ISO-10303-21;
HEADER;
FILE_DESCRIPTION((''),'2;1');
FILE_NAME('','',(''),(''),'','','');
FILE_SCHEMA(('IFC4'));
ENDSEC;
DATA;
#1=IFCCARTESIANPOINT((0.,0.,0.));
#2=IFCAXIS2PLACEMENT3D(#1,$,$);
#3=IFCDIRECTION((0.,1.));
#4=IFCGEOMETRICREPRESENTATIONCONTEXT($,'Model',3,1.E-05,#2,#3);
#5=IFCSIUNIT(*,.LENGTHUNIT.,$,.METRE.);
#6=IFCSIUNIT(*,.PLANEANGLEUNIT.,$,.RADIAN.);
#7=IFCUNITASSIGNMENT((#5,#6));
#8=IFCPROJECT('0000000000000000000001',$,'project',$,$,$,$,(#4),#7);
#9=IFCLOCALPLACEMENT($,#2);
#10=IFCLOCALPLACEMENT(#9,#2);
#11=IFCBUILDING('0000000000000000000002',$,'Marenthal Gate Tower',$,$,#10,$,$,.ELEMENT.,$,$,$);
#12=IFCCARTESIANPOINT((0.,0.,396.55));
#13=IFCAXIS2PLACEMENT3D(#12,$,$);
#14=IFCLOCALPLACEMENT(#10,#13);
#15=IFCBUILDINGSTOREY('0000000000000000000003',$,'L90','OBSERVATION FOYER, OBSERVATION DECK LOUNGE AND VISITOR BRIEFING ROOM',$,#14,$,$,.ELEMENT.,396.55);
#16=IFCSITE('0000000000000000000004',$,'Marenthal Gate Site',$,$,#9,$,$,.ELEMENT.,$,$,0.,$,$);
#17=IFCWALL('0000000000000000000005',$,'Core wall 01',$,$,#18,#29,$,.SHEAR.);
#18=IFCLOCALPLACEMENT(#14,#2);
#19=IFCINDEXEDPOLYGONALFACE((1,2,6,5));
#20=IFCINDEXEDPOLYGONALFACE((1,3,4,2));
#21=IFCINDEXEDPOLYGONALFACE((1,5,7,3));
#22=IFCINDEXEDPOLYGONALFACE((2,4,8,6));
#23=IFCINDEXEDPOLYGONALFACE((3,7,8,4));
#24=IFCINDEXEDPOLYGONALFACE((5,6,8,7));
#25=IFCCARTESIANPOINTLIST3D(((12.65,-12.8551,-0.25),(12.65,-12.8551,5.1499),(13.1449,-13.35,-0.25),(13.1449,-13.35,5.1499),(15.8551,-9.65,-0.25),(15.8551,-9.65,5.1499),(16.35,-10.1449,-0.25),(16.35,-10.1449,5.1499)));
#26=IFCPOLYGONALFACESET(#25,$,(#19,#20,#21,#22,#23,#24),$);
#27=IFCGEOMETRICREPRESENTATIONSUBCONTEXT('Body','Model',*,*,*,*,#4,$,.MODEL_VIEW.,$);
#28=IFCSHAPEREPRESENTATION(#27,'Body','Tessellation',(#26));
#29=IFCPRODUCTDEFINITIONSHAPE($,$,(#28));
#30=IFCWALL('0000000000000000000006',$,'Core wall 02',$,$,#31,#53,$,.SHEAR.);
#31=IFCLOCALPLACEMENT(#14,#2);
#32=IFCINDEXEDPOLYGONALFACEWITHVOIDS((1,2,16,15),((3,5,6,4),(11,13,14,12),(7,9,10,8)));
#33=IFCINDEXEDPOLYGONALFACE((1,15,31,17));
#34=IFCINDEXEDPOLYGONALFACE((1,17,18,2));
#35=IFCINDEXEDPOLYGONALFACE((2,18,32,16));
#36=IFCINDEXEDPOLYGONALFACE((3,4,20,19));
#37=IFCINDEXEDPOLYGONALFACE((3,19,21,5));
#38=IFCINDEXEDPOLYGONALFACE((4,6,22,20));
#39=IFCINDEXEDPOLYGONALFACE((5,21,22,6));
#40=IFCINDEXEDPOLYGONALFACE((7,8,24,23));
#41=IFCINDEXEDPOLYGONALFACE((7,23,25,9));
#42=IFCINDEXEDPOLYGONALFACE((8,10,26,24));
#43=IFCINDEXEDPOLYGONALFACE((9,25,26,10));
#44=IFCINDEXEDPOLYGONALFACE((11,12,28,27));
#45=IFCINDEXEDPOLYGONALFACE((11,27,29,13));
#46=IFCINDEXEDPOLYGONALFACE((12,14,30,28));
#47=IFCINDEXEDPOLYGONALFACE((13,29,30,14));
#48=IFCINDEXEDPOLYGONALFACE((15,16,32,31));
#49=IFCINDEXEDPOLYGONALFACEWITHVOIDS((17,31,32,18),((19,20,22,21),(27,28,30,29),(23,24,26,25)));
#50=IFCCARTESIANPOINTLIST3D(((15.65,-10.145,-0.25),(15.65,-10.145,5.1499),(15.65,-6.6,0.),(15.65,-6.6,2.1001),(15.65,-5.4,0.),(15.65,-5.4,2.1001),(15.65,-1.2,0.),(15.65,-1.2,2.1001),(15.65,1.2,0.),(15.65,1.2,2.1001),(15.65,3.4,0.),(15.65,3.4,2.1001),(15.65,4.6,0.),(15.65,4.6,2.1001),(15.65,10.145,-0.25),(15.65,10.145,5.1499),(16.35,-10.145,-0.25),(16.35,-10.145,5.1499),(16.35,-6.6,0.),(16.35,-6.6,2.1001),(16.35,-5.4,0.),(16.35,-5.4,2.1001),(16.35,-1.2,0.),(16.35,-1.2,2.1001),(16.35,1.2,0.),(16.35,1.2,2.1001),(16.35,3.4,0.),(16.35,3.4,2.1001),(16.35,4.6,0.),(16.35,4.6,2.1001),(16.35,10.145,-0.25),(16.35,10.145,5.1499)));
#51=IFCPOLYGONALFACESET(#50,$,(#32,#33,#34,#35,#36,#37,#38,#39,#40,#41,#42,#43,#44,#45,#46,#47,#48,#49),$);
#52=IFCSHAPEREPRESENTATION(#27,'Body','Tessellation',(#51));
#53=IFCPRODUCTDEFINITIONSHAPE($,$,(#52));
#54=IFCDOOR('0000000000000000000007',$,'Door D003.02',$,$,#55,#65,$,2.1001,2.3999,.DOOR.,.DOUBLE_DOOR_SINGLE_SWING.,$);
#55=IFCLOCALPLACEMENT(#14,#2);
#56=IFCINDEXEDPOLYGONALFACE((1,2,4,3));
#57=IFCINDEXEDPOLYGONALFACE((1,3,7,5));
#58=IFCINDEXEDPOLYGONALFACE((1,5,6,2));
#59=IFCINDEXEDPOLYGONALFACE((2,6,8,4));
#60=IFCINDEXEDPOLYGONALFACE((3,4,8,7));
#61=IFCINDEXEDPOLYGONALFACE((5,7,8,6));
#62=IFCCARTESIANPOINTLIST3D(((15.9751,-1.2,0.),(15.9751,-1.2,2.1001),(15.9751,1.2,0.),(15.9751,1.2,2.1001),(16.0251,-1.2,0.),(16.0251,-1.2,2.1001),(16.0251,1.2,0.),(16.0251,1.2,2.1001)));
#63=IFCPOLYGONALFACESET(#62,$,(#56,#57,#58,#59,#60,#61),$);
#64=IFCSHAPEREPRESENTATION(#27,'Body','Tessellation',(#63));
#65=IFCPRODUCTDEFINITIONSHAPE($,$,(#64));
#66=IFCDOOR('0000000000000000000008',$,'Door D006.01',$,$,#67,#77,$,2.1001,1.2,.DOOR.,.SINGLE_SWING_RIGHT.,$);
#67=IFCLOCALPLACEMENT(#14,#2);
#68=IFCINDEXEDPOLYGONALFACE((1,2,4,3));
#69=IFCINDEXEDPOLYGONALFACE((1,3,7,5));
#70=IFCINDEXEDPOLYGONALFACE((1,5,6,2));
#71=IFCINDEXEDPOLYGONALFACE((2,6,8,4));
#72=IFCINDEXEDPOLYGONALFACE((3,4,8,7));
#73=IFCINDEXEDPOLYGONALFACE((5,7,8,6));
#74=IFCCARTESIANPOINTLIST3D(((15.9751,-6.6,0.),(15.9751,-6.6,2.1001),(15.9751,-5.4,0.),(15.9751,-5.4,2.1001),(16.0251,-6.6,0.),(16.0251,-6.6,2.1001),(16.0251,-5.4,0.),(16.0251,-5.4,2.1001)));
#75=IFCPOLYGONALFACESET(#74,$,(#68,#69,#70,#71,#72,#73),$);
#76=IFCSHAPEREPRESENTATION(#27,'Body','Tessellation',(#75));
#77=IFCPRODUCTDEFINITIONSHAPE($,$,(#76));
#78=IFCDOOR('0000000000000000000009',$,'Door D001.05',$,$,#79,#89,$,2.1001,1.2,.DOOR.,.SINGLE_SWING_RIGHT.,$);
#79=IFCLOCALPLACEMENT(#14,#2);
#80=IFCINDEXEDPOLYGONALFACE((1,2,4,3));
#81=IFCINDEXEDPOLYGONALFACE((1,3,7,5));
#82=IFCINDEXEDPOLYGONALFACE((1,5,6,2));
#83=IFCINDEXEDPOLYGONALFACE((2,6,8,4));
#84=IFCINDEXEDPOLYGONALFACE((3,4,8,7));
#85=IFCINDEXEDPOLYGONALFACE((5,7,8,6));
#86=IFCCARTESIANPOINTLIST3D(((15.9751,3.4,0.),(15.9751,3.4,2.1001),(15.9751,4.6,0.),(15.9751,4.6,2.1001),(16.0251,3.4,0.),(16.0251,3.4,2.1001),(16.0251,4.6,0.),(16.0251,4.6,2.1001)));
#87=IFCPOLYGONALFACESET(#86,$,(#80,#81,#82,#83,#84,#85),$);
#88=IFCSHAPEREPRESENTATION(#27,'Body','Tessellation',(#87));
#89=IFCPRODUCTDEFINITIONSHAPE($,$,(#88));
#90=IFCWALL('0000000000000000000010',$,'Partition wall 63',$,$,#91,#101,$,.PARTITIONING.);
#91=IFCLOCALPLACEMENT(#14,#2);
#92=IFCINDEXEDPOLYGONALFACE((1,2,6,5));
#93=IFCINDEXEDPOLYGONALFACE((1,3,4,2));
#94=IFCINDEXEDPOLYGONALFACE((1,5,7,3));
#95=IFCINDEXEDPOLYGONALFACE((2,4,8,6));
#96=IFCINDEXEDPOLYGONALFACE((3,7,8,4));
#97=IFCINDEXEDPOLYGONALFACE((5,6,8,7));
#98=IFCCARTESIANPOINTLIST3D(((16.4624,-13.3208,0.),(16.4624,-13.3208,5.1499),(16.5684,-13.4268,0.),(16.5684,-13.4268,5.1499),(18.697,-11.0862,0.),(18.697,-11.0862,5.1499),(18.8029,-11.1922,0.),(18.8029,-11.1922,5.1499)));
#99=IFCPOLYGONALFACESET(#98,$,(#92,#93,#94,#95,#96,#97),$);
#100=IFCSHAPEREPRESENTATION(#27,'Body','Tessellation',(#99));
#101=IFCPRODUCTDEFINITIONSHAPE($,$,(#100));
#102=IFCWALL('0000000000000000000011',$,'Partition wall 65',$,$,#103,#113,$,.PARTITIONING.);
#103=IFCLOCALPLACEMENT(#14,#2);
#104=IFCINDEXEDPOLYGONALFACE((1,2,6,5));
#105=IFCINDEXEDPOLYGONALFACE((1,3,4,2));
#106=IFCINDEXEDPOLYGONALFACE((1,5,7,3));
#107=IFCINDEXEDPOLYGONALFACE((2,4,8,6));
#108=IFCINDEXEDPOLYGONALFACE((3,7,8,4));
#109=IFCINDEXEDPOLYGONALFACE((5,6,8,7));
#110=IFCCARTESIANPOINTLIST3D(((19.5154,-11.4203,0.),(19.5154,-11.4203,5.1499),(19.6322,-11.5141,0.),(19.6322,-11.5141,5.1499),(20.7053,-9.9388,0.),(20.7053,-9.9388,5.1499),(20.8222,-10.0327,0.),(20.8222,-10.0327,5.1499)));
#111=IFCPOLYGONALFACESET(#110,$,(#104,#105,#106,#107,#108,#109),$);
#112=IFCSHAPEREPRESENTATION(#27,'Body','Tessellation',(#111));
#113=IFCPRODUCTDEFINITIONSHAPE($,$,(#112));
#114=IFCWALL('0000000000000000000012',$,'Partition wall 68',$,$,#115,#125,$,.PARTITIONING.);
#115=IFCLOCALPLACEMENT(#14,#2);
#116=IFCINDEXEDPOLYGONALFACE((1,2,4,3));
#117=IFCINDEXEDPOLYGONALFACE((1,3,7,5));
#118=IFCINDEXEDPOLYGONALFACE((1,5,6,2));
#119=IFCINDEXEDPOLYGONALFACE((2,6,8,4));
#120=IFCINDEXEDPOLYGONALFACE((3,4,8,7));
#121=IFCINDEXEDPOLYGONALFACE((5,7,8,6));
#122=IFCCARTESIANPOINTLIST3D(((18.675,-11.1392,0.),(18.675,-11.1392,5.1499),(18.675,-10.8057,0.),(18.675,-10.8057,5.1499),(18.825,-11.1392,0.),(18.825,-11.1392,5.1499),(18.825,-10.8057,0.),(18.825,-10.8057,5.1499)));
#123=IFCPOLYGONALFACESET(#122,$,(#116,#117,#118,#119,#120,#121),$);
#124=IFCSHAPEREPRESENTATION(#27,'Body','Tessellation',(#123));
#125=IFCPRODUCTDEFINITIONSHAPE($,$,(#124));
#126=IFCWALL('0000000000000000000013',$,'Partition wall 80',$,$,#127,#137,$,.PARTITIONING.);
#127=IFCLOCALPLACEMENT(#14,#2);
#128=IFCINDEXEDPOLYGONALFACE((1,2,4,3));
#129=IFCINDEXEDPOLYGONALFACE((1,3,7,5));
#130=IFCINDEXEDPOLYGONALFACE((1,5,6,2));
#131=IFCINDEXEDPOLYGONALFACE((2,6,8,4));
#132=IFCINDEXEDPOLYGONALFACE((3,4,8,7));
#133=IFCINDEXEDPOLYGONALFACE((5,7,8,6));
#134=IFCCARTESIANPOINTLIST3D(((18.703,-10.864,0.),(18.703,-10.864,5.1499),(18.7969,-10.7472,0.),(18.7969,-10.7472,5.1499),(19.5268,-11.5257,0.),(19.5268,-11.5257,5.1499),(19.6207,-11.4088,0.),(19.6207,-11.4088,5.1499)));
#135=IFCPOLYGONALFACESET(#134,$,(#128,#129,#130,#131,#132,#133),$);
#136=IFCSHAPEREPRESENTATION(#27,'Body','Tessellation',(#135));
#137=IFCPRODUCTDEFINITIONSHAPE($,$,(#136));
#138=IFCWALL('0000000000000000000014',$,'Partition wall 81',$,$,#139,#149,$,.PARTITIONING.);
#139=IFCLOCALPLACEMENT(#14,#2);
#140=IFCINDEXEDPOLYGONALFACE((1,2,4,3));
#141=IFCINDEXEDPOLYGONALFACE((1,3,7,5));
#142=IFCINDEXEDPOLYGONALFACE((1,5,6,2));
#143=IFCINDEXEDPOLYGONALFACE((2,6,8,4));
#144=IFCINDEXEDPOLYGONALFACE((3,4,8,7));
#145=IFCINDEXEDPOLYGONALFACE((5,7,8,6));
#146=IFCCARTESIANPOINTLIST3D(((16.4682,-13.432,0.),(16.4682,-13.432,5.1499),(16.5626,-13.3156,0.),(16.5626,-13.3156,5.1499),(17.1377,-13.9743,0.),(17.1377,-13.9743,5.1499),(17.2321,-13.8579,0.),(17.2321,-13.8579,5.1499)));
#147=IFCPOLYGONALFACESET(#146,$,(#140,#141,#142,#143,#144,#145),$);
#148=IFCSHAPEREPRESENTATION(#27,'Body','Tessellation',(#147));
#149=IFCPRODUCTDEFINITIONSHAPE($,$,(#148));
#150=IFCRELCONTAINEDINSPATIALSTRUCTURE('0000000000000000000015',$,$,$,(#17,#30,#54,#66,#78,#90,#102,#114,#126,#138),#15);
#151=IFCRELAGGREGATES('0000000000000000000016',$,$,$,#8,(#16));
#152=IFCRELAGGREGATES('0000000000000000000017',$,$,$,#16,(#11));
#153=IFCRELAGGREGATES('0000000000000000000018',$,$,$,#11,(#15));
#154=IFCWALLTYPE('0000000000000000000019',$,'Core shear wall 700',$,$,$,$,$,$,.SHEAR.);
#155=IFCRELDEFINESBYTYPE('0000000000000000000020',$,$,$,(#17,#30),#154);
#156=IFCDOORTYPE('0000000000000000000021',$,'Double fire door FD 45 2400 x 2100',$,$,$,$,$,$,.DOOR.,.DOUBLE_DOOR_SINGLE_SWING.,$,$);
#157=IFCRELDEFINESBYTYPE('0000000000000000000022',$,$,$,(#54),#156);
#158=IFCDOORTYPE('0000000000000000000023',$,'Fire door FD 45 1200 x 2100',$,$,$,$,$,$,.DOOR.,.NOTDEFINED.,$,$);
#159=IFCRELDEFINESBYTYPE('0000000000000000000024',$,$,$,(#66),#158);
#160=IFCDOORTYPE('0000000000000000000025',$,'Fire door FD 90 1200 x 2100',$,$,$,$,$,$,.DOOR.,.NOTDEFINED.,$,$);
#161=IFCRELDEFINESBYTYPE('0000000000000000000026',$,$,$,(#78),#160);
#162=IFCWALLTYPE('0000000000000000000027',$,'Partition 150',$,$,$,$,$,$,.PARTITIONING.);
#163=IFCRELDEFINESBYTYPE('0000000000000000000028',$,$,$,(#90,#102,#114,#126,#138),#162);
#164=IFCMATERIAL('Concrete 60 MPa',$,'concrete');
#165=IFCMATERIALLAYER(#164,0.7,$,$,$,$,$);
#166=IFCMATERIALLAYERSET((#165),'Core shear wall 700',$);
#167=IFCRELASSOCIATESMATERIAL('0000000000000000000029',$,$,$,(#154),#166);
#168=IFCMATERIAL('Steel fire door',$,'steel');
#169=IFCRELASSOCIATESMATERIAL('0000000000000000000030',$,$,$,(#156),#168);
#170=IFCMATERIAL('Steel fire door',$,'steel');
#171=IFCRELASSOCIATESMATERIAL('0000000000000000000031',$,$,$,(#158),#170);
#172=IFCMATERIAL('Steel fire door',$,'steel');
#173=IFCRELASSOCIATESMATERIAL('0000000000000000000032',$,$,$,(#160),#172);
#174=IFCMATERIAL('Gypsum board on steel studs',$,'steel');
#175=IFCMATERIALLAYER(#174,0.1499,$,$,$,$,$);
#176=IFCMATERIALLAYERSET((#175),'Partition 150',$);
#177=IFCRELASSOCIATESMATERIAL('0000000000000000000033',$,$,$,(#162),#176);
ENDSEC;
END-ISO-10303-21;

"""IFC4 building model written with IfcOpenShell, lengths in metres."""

from ifc_helpers import new_model, si_unit, direction, frame, frame_2d, origin, place, context, subcontext, project, spatial, rectangle, extrude, material, layer, layer_set, type_object, element, fill, save


model = new_model("IFC4")

# Units and contexts
model_context = context("Model", 3, precision=1e-05, world=origin(), true_north=direction((0.0, 1.0)))
body_context = subcontext(model_context, "Body", "Model", "MODEL_VIEW")
ifc_project = project(units=[si_unit("LENGTHUNIT", "METRE"), si_unit("PLANEANGLEUNIT", "RADIAN")], contexts=[model_context])

# Site, building, storey
site_placement = place(None, origin())
site = spatial("IfcSite", under=ifc_project, at=site_placement, Name="Marenthal Gate Site", CompositionType="ELEMENT", RefElevation=0.0)
building_placement = place(site_placement, origin())
building = spatial("IfcBuilding", under=site, at=building_placement, Name="Marenthal Gate Tower", CompositionType="ELEMENT")
storey_placement = place(building_placement, frame((0.0, 0.0, 396.55)))
storey = spatial("IfcBuildingStorey", under=building, at=storey_placement, Name="L90", Description="OBSERVATION FOYER, OBSERVATION DECK LOUNGE AND VISITOR BRIEFING ROOM", CompositionType="ELEMENT", Elevation=396.55)

# Wall
ifc_material_1 = material(Name="Concrete 60 MPa", Category="concrete")
ifc_layer_1 = layer(ifc_material_1, 0.7)
ifc_layer_set_1 = layer_set([ifc_layer_1], Name="Core shear wall 700")
wall_type_1 = type_object("IfcWallType", Name="Core shear wall 700", PredefinedType="SHEAR", material=ifc_layer_set_1)
wall_1_placement = place(storey_placement, frame((12.8975, -13.1025, -0.25), z_axis=(0.0, 0.0, 1.0), x_axis=(0.707107, 0.707107, 0.0)))
element("IfcWall", 1, at=wall_1_placement, inside=storey, type_object=wall_type_1, Name="Core wall 01", PredefinedType="SHEAR", context=body_context, shape_type="SweptSolid", body=[
    extrude(rectangle(XDim=4.5327, YDim=0.7, at=frame_2d((2.2664, 0.0))), origin(), (0.0, 0.0, 1.0), 5.3999),
])

# Wall, openings, doors
wall_2_placement = place(storey_placement, frame((16.0, -10.145, -0.25), z_axis=(0.0, 0.0, 1.0), x_axis=(0.0, 1.0, 0.0)))
wall_2 = element("IfcWall", 2, at=wall_2_placement, inside=storey, type_object=wall_type_1, Name="Core wall 02", PredefinedType="SHEAR", context=body_context, shape_type="SweptSolid", body=[
    extrude(rectangle(XDim=20.29, YDim=0.7, at=frame_2d((10.145, 0.0))), origin(), (0.0, 0.0, 1.0), 5.3999),
])
opening_1_placement = place(wall_2_placement, frame((8.9451, 0.0, 0.25)))
opening_1 = element("IfcOpeningElement", 3, at=opening_1_placement, cuts=wall_2, PredefinedType="OPENING", context=body_context, shape_type="SweptSolid", body=[
    extrude(rectangle(XDim=2.3999, YDim=2.1001, at=frame_2d((1.2, 1.05))), frame((0.0, 0.3599, 0.0), z_axis=(0.0, -1.0, 0.0), x_axis=(1.0, 0.0, 0.0)), (0.0, 0.0, 1.0), 0.72),
])
opening_2_placement = place(wall_2_placement, frame((13.5449, 0.0, 0.25)))
opening_2 = element("IfcOpeningElement", 4, at=opening_2_placement, cuts=wall_2, PredefinedType="OPENING", context=body_context, shape_type="SweptSolid", body=[
    extrude(rectangle(XDim=1.2, YDim=2.1001, at=frame_2d((0.6001, 1.05))), frame((0.0, 0.3599, 0.0), z_axis=(0.0, -1.0, 0.0), x_axis=(1.0, 0.0, 0.0)), (0.0, 0.0, 1.0), 0.72),
])
opening_3_placement = place(wall_2_placement, frame((3.5449, 0.0, 0.25)))
opening_3 = element("IfcOpeningElement", 5, at=opening_3_placement, cuts=wall_2, PredefinedType="OPENING", context=body_context, shape_type="SweptSolid", body=[
    extrude(rectangle(XDim=1.2, YDim=2.1001, at=frame_2d((0.6001, 1.05))), frame((0.0, 0.3599, 0.0), z_axis=(0.0, -1.0, 0.0), x_axis=(1.0, 0.0, 0.0)), (0.0, 0.0, 1.0), 0.72),
])
ifc_material_2 = material(Name="Steel fire door", Category="steel")
door_type_1 = type_object("IfcDoorType", Name="Double fire door FD 45 2400 x 2100", OperationType="DOUBLE_DOOR_SINGLE_SWING", PredefinedType="DOOR", material=ifc_material_2)
door_1_placement = place(opening_1_placement, origin())
door_1 = element("IfcDoor", 6, at=door_1_placement, inside=storey, type_object=door_type_1, Name="Door D003.02", OperationType="DOUBLE_DOOR_SINGLE_SWING", OverallHeight=2.1001, OverallWidth=2.3999, PredefinedType="DOOR", context=body_context, shape_type="SweptSolid", body=[
    extrude(rectangle(XDim=2.3999, YDim=2.1001, at=frame_2d((1.2, 1.05))), frame((0.0, 0.0249, 0.0), z_axis=(0.0, -1.0, 0.0), x_axis=(1.0, 0.0, 0.0)), (0.0, 0.0, 1.0), 0.05),
])
fill(opening_1, door_1)
ifc_material_3 = material(Name="Steel fire door", Category="steel")
door_type_2 = type_object("IfcDoorType", Name="Fire door FD 45 1200 x 2100", OperationType="NOTDEFINED", PredefinedType="DOOR", material=ifc_material_3)
door_2_placement = place(opening_3_placement, origin())
door_2 = element("IfcDoor", 7, at=door_2_placement, inside=storey, type_object=door_type_2, Name="Door D006.01", OperationType="SINGLE_SWING_RIGHT", OverallHeight=2.1001, OverallWidth=1.2, PredefinedType="DOOR", context=body_context, shape_type="SweptSolid", body=[
    extrude(rectangle(XDim=1.2, YDim=2.1001, at=frame_2d((0.6001, 1.05))), frame((0.0, 0.0249, 0.0), z_axis=(0.0, -1.0, 0.0), x_axis=(1.0, 0.0, 0.0)), (0.0, 0.0, 1.0), 0.05),
])
fill(opening_3, door_2)
ifc_material_4 = material(Name="Steel fire door", Category="steel")
door_type_3 = type_object("IfcDoorType", Name="Fire door FD 90 1200 x 2100", OperationType="NOTDEFINED", PredefinedType="DOOR", material=ifc_material_4)
door_3_placement = place(opening_2_placement, origin())
door_3 = element("IfcDoor", 8, at=door_3_placement, inside=storey, type_object=door_type_3, Name="Door D001.05", OperationType="SINGLE_SWING_RIGHT", OverallHeight=2.1001, OverallWidth=1.2, PredefinedType="DOOR", context=body_context, shape_type="SweptSolid", body=[
    extrude(rectangle(XDim=1.2, YDim=2.1001, at=frame_2d((0.6001, 1.05))), frame((0.0, 0.0249, 0.0), z_axis=(0.0, -1.0, 0.0), x_axis=(1.0, 0.0, 0.0)), (0.0, 0.0, 1.0), 0.05),
])
fill(opening_2, door_3)

# Walls
ifc_material_5 = material(Name="Gypsum board on steel studs", Category="steel")
ifc_layer_2 = layer(ifc_material_5, 0.1499)
ifc_layer_set_2 = layer_set([ifc_layer_2], Name="Partition 150")
wall_type_2 = type_object("IfcWallType", Name="Partition 150", PredefinedType="PARTITIONING", material=ifc_layer_set_2)
wall_3_placement = place(storey_placement, frame((16.5154, -13.3738, 0.0), z_axis=(0.0, 0.0, 1.0), x_axis=(0.707107, 0.707107, 0.0)))
element("IfcWall", 9, at=wall_3_placement, inside=storey, type_object=wall_type_2, Name="Partition wall 63", PredefinedType="PARTITIONING", context=body_context, shape_type="SweptSolid", body=[
    extrude(rectangle(XDim=3.1602, YDim=0.1499, at=frame_2d((1.5801, 0.0))), origin(), (0.0, 0.0, 1.0), 5.1499),
])
wall_4_placement = place(storey_placement, frame((19.5737, -11.4673, 0.0), z_axis=(0.0, 0.0, 1.0), x_axis=(0.626229, 0.779639, 0.0)))
element("IfcWall", 10, at=wall_4_placement, inside=storey, type_object=wall_type_2, Name="Partition wall 65", PredefinedType="PARTITIONING", context=body_context, shape_type="SweptSolid", body=[
    extrude(rectangle(XDim=1.9001, YDim=0.1499, at=frame_2d((0.9502, 0.0))), origin(), (0.0, 0.0, 1.0), 5.1499),
])
wall_5_placement = place(storey_placement, frame((18.75, -11.1392, 0.0), z_axis=(0.0, 0.0, 1.0), x_axis=(0.0, 1.0, 0.0)))
element("IfcWall", 11, at=wall_5_placement, inside=storey, type_object=wall_type_2, Name="Partition wall 68", PredefinedType="PARTITIONING", context=body_context, shape_type="SweptSolid", body=[
    extrude(rectangle(XDim=0.3335, YDim=0.1499, at=frame_2d((0.1667, 0.0))), origin(), (0.0, 0.0, 1.0), 5.1499),
])
wall_6_placement = place(storey_placement, frame((19.5737, -11.4673, 0.0), z_axis=(0.0, 0.0, 1.0), x_axis=(-0.77965, 0.626216, 0.0)))
element("IfcWall", 12, at=wall_6_placement, inside=storey, type_object=wall_type_2, Name="Partition wall 80", PredefinedType="PARTITIONING", context=body_context, shape_type="SweptSolid", body=[
    extrude(rectangle(XDim=1.0566, YDim=0.1499, at=frame_2d((0.5283, 0.0))), origin(), (0.0, 0.0, 1.0), 5.1499),
])
wall_7_placement = place(storey_placement, frame((17.1848, -13.916, 0.0), z_axis=(0.0, 0.0, 1.0), x_axis=(-0.777067, 0.629418, 0.0)))
element("IfcWall", 13, at=wall_7_placement, inside=storey, type_object=wall_type_2, Name="Partition wall 81", PredefinedType="PARTITIONING", context=body_context, shape_type="SweptSolid", body=[
    extrude(rectangle(XDim=0.8616, YDim=0.1499, at=frame_2d((0.4307, 0.0))), origin(), (0.0, 0.0, 1.0), 5.1499),
])

save(model, "model.ifc")
